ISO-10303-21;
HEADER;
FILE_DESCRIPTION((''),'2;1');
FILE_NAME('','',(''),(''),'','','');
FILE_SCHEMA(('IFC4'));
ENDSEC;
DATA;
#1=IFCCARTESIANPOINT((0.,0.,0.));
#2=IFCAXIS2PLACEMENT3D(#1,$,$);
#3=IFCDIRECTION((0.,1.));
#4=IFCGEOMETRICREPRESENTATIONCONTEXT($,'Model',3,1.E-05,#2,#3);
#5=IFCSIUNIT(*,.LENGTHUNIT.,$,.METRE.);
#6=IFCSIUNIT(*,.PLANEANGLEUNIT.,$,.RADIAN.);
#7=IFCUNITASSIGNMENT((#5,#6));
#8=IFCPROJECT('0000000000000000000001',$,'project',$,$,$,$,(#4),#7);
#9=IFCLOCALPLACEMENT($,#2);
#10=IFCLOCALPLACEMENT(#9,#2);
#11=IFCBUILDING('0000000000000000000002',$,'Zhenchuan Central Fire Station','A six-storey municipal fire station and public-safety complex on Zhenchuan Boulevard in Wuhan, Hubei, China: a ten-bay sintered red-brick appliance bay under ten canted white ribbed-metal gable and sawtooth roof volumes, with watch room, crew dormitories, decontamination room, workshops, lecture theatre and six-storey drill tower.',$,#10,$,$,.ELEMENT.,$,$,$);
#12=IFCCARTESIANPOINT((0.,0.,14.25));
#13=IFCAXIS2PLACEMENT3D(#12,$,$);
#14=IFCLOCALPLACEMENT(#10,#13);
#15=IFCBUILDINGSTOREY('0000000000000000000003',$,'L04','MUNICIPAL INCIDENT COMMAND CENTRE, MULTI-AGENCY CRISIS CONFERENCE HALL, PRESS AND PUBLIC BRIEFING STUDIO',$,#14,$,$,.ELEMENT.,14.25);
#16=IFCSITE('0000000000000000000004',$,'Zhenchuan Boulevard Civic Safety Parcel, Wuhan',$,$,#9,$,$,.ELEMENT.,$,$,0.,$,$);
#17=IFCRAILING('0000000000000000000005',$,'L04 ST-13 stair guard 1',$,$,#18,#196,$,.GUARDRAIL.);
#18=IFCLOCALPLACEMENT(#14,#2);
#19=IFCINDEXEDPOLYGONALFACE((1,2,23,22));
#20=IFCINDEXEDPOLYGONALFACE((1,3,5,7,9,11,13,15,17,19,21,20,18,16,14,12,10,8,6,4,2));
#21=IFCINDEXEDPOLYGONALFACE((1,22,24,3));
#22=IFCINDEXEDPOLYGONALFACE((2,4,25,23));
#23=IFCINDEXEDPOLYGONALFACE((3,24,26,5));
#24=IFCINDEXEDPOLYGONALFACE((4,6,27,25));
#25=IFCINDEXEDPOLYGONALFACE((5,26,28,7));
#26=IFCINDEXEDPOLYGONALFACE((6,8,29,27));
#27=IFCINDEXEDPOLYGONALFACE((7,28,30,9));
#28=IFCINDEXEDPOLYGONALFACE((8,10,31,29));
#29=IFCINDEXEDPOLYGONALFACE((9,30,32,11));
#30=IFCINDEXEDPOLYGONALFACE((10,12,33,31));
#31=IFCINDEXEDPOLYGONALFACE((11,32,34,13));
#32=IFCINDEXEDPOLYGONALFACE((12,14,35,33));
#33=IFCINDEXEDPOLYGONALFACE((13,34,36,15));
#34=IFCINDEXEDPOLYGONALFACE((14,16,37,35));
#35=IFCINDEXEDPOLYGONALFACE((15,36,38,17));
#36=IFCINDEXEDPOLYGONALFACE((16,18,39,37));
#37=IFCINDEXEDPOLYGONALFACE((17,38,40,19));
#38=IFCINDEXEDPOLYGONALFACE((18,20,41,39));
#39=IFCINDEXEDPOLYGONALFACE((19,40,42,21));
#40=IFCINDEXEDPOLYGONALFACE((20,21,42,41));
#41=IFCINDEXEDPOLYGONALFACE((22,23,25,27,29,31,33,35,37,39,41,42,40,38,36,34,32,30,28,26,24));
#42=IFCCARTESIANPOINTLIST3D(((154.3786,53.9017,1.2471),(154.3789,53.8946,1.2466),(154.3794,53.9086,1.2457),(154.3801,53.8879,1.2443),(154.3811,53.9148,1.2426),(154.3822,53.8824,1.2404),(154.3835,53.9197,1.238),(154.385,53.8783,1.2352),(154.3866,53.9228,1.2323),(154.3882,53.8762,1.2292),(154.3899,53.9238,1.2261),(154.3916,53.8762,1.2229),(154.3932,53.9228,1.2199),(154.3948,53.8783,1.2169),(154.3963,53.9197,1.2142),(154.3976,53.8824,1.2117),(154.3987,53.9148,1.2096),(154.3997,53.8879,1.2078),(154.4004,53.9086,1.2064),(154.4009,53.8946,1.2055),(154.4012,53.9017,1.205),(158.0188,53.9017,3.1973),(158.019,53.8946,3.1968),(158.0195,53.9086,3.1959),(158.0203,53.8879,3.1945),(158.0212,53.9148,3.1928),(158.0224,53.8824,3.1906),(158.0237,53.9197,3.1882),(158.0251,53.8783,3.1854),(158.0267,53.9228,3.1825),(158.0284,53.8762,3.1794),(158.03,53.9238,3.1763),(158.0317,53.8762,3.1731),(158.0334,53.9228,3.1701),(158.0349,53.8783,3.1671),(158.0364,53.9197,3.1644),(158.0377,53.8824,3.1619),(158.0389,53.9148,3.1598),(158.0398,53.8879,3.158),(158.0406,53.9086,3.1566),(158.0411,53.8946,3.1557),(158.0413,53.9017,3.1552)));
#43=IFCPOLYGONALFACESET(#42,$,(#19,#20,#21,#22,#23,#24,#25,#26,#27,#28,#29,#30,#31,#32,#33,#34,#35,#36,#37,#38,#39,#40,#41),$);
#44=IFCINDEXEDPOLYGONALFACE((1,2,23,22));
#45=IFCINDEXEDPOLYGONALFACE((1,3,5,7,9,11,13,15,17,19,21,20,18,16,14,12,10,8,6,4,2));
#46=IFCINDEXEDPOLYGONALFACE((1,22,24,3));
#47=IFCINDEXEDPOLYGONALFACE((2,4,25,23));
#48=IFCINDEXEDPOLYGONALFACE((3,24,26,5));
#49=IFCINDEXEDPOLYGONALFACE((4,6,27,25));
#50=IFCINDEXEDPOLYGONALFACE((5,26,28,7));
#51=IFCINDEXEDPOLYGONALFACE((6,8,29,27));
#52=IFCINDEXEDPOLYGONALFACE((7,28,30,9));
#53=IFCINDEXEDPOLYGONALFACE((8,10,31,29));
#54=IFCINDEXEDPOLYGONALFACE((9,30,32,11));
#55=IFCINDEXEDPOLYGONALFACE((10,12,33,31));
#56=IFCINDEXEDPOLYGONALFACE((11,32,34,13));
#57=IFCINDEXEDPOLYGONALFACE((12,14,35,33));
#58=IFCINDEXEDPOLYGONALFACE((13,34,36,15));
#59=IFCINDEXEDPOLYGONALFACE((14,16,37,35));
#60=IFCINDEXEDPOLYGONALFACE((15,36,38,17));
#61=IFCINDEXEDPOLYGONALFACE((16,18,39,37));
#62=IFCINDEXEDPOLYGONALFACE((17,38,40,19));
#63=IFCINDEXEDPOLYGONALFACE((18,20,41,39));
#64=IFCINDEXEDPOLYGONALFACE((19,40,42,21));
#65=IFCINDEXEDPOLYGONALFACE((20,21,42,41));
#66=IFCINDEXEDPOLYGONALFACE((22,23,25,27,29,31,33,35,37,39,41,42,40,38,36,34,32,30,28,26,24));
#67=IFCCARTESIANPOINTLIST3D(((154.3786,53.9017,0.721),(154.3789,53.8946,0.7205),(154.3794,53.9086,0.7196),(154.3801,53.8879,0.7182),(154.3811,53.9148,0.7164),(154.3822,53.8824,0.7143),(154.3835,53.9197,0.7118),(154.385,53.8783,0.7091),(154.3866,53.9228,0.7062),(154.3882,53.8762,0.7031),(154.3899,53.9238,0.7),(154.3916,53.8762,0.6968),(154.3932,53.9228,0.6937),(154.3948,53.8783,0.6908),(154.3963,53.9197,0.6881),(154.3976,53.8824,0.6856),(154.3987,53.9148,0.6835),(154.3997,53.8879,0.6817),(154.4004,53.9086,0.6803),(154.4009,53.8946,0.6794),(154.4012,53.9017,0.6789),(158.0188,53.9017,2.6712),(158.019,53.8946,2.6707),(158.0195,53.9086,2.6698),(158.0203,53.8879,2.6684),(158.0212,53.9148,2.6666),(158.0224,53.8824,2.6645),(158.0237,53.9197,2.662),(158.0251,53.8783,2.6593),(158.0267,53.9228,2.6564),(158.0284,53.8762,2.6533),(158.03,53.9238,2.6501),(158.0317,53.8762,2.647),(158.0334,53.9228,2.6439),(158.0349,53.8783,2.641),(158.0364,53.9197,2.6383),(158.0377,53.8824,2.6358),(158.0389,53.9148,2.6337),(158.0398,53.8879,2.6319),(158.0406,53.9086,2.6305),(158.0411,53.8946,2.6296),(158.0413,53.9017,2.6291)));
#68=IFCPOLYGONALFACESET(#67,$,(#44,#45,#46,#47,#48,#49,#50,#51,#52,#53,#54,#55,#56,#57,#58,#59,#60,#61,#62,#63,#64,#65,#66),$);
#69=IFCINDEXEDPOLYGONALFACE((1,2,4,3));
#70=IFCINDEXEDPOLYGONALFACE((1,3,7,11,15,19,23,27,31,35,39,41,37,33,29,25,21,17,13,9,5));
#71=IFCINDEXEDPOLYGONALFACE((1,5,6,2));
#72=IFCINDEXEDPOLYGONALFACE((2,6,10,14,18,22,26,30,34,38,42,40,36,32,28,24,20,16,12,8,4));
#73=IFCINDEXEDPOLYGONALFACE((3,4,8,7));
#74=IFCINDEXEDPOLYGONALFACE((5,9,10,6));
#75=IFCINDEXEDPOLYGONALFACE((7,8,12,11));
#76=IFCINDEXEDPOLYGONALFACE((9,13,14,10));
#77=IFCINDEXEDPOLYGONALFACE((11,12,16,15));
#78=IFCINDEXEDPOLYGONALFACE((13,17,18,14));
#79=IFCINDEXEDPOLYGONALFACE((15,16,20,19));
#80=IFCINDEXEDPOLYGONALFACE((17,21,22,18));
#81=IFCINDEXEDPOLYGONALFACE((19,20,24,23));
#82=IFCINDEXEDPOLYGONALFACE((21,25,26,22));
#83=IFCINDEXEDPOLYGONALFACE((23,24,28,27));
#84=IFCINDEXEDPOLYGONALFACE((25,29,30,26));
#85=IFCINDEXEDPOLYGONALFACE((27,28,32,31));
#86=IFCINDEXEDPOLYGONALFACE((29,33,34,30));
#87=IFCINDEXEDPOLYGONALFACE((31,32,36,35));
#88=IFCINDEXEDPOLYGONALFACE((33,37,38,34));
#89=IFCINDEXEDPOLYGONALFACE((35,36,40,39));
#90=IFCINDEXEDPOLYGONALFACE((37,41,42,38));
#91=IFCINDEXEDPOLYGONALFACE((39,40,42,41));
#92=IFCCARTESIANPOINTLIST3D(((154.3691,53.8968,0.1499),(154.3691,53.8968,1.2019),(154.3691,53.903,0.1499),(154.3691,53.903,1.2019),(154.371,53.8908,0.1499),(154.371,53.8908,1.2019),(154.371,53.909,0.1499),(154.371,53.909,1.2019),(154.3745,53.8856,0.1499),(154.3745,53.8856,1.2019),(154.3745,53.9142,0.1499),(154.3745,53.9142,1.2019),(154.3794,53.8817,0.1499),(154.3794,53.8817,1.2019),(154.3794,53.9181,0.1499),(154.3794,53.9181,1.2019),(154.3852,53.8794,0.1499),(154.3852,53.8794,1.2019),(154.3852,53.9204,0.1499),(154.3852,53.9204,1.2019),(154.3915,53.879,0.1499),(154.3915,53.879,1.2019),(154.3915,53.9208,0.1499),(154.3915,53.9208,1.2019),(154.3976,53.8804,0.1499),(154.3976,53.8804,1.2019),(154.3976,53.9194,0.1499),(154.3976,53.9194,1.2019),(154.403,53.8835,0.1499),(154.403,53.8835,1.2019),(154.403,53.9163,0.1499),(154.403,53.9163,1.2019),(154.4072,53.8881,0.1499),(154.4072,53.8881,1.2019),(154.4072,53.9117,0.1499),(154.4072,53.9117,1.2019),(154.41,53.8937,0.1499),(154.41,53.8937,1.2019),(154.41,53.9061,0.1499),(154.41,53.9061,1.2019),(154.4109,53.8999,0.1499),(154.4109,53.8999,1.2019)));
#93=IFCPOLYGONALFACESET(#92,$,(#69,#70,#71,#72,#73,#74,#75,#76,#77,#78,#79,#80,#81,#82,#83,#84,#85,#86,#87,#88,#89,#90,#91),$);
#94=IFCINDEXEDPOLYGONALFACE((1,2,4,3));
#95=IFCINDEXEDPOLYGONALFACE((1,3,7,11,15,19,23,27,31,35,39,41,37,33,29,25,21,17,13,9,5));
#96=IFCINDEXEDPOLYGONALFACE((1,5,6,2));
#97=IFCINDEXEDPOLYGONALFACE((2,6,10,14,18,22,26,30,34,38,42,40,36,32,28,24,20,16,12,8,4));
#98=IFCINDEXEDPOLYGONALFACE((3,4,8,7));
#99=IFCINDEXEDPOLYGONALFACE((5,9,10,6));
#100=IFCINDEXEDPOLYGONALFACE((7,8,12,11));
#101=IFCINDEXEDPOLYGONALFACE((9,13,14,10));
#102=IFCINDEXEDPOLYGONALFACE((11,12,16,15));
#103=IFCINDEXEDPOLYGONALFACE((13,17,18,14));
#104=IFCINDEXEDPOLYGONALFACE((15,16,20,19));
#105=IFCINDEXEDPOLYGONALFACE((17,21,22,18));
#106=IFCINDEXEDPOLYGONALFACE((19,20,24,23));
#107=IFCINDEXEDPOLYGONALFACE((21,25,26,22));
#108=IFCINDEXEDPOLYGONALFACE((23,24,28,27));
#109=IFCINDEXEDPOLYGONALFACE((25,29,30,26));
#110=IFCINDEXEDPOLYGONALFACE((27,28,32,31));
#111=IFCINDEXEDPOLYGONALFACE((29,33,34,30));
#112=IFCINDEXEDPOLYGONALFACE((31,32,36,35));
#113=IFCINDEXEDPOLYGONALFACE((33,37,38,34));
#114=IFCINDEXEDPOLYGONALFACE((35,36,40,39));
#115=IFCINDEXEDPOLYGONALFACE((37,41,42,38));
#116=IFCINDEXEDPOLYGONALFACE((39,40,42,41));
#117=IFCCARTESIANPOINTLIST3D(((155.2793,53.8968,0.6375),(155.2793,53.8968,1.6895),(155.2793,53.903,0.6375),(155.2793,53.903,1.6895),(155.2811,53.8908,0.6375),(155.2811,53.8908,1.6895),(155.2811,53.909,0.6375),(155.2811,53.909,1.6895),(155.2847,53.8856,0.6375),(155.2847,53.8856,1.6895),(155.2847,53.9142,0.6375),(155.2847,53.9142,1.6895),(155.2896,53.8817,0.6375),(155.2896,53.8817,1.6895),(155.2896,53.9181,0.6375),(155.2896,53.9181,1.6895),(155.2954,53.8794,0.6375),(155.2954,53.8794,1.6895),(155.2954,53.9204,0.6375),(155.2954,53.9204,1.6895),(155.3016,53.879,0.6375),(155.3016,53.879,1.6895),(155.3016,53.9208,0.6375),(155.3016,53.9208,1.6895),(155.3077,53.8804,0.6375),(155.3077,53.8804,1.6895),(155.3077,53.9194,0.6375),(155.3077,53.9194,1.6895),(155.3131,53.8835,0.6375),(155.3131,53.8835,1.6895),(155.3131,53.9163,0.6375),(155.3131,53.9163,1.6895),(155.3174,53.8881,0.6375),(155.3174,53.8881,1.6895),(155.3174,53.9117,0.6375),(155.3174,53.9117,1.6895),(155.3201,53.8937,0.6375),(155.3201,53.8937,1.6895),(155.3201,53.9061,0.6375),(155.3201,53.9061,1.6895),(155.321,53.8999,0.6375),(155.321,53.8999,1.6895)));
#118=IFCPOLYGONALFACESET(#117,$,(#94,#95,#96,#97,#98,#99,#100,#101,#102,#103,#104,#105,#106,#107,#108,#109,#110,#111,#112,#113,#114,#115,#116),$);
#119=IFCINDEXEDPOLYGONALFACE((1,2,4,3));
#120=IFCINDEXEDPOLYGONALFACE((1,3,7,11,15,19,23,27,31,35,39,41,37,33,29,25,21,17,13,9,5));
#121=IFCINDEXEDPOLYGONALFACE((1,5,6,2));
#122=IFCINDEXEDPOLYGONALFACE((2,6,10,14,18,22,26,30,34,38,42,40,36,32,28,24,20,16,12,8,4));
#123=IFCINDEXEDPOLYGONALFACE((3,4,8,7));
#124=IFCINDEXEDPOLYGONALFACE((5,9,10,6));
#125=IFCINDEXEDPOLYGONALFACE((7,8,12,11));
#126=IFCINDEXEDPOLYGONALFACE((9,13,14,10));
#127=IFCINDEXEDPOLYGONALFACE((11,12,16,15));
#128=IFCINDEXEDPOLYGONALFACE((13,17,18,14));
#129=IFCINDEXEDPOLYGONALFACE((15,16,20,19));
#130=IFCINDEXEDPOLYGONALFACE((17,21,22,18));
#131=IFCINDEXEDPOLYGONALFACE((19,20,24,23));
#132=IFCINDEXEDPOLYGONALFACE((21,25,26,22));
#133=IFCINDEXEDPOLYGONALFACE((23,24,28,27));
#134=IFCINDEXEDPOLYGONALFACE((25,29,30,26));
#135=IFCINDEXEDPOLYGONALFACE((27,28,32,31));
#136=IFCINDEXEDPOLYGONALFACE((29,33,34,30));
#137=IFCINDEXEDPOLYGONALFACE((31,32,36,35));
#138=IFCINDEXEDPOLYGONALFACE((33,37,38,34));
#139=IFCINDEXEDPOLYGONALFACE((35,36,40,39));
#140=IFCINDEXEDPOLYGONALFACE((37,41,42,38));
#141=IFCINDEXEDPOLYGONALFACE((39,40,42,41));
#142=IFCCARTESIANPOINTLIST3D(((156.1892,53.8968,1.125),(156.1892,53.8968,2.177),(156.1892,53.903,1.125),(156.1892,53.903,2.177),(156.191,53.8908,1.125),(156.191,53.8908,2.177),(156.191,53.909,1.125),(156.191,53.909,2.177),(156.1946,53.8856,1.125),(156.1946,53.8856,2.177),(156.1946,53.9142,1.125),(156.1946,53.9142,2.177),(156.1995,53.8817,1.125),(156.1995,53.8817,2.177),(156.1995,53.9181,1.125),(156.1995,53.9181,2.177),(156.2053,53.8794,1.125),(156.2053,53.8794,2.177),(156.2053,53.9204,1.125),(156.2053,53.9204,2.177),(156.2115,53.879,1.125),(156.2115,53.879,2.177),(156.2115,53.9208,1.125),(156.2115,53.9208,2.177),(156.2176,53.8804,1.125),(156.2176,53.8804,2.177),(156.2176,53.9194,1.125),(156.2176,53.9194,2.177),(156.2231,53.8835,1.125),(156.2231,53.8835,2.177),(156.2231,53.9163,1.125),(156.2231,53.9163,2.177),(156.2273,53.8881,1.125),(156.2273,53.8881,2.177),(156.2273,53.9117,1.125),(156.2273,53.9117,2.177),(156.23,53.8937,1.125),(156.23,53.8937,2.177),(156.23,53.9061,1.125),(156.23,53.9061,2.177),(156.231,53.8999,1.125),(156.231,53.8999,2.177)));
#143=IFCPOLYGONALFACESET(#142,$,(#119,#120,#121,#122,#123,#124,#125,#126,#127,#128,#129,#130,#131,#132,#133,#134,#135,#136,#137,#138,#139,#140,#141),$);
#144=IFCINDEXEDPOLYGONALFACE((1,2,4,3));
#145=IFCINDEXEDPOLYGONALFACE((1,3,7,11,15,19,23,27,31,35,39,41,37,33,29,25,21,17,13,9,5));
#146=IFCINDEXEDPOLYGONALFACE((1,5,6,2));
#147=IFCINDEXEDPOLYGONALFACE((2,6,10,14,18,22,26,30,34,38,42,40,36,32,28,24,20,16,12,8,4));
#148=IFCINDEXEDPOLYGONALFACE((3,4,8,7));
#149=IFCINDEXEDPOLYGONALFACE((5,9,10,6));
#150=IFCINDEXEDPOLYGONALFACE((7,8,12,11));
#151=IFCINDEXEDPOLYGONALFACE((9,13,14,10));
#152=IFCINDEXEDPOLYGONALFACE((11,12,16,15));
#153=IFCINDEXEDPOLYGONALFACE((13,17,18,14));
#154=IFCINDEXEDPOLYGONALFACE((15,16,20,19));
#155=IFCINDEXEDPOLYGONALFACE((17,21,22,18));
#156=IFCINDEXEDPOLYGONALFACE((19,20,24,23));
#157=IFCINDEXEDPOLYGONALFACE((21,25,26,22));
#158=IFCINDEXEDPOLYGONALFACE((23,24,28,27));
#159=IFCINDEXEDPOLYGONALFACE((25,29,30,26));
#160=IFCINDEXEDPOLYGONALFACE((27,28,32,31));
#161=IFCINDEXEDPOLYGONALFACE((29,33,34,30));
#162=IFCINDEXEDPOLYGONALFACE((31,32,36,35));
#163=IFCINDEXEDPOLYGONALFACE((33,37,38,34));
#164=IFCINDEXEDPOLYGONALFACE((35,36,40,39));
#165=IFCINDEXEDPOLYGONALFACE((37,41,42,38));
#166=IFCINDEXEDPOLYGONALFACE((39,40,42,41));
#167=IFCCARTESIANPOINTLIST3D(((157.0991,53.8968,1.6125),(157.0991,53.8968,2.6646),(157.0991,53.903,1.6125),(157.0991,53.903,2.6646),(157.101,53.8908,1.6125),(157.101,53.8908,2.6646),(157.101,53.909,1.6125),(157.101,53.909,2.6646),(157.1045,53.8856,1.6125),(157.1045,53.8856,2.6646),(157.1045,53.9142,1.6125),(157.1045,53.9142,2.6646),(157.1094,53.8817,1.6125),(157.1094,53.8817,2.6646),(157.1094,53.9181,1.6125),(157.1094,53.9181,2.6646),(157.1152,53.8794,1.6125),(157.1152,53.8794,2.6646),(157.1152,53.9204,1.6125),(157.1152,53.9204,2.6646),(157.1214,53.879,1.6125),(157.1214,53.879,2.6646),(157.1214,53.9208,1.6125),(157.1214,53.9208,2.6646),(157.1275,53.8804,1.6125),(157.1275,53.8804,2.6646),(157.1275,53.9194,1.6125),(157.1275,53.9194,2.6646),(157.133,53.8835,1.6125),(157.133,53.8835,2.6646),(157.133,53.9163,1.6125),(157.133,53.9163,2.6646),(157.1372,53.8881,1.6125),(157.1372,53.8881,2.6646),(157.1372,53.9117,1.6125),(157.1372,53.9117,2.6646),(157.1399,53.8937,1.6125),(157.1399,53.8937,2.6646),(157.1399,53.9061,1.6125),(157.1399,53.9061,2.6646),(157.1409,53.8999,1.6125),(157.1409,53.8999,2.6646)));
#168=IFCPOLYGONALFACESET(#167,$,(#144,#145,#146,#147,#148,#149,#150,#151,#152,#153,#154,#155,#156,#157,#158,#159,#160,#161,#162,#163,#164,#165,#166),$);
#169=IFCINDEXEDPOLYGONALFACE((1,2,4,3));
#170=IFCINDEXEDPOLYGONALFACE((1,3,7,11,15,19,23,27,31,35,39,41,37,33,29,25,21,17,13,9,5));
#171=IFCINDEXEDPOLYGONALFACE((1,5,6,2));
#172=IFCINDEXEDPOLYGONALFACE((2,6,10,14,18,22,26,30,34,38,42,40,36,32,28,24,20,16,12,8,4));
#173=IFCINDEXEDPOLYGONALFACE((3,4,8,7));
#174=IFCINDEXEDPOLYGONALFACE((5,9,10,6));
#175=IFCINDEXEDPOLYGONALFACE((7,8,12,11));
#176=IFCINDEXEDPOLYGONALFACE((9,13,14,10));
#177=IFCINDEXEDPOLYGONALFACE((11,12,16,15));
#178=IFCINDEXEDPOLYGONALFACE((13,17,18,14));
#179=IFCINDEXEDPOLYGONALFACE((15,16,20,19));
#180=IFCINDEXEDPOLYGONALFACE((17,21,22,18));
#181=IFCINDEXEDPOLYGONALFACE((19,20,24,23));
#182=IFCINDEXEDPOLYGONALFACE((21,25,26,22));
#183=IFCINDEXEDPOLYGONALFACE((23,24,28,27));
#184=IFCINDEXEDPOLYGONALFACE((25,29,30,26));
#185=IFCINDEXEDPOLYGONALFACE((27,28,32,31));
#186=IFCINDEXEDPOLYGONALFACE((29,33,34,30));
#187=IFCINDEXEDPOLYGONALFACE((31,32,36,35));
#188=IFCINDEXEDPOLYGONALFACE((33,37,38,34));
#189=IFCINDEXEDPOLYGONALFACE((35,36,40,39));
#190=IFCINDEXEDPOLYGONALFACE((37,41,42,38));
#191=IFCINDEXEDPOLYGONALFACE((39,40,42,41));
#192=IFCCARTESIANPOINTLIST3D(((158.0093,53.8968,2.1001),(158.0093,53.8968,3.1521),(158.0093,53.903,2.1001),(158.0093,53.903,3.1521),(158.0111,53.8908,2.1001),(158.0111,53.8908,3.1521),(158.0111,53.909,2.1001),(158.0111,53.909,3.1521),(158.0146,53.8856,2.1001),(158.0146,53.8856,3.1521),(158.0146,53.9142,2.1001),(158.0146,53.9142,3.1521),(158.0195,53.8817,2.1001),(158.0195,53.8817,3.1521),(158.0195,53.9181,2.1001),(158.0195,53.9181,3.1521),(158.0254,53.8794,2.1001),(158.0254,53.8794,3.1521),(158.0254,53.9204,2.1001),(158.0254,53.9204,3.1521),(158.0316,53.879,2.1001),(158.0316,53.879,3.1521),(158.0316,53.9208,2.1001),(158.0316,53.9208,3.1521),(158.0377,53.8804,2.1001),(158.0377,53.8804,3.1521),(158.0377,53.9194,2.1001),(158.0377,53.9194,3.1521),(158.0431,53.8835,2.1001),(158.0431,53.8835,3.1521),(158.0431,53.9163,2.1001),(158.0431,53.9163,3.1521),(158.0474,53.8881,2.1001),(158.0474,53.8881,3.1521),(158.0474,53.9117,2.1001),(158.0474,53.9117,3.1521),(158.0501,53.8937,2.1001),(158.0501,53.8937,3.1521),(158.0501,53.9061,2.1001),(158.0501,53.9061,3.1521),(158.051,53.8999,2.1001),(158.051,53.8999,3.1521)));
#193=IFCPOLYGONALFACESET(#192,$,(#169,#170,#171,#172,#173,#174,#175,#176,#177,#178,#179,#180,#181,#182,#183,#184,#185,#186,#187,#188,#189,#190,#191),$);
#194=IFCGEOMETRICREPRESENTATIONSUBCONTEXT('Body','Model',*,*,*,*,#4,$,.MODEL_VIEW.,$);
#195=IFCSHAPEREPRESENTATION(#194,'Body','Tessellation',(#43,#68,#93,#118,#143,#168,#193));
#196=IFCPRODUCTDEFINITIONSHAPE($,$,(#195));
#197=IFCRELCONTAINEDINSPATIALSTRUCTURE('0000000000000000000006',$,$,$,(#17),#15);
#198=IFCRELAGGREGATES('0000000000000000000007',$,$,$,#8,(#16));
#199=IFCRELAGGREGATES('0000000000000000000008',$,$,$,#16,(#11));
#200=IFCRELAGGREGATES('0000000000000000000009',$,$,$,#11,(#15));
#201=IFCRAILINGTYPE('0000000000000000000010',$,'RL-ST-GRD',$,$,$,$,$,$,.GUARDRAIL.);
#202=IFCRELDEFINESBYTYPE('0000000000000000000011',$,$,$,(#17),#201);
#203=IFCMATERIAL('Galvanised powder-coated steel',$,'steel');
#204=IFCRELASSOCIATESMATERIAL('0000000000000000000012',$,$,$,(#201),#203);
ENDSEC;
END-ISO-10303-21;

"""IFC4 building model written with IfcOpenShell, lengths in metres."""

from ifc_helpers import new_model, si_unit, direction, frame, origin, origin_2d, place, context, subcontext, project, spatial, circle, extrude, material, type_object, element, save


model = new_model("IFC4")

# Units and contexts
model_context = context("Model", 3, precision=1e-05, world=origin(), true_north=direction((0.0, 1.0)))
body_context = subcontext(model_context, "Body", "Model", "MODEL_VIEW")
ifc_project = project(units=[si_unit("LENGTHUNIT", "METRE"), si_unit("PLANEANGLEUNIT", "RADIAN")], contexts=[model_context])

# Site, building, storey
site_placement = place(None, origin())
site = spatial("IfcSite", under=ifc_project, at=site_placement, Name="Zhenchuan Boulevard Civic Safety Parcel, Wuhan", CompositionType="ELEMENT", RefElevation=0.0)
building_placement = place(site_placement, origin())
building = spatial("IfcBuilding", under=site, at=building_placement, Name="Zhenchuan Central Fire Station", Description="A six-storey municipal fire station and public-safety complex on Zhenchuan Boulevard in Wuhan, Hubei, China: a ten-bay sintered red-brick appliance bay under ten canted white ribbed-metal gable and sawtooth roof volumes, with watch room, crew dormitories, decontamination room, workshops, lecture theatre and six-storey drill tower.", CompositionType="ELEMENT")
storey_placement = place(building_placement, frame((0.0, 0.0, 14.25)))
storey = spatial("IfcBuildingStorey", under=building, at=storey_placement, Name="L04", Description="MUNICIPAL INCIDENT COMMAND CENTRE, MULTI-AGENCY CRISIS CONFERENCE HALL, PRESS AND PUBLIC BRIEFING STUDIO", CompositionType="ELEMENT", Elevation=14.25)

# Railing
ifc_material_1 = material(Name="Galvanised powder-coated steel", Category="steel")
railing_type_1 = type_object("IfcRailingType", Name="RL-ST-GRD", PredefinedType="GUARDRAIL", material=ifc_material_1)
railing_1_placement = place(storey_placement, frame((154.3899, 53.8999, 0.1499)))
element("IfcRailing", 1, at=railing_1_placement, inside=storey, type_object=railing_type_1, Name="L04 ST-13 stair guard 1", PredefinedType="GUARDRAIL", context=body_context, shape_type="SweptSolid", body=[
    extrude(circle(Radius=0.0239, at=origin_2d()), frame((0.0, 0.0, 1.0762), z_axis=(0.881468, 0.0, 0.472244), x_axis=(0.0, 1.0, 0.0)), (0.0, 0.0, 1.0), 4.1296),
    extrude(circle(Radius=0.0239, at=origin_2d()), frame((0.0, 0.0, 0.55), z_axis=(0.881468, 0.0, 0.472244), x_axis=(0.0, 1.0, 0.0)), (0.0, 0.0, 1.0), 4.1296),
    extrude(circle(Radius=0.021, at=origin_2d()), origin(), (0.0, 0.0, 1.0), 1.052),
    extrude(circle(Radius=0.021, at=origin_2d()), frame((0.9102, 0.0, 0.4875)), (0.0, 0.0, 1.0), 1.052),
    extrude(circle(Radius=0.021, at=origin_2d()), frame((1.8201, 0.0, 0.9751)), (0.0, 0.0, 1.0), 1.052),
    extrude(circle(Radius=0.021, at=origin_2d()), frame((2.73, 0.0, 1.4626)), (0.0, 0.0, 1.0), 1.052),
    extrude(circle(Radius=0.021, at=origin_2d()), frame((3.6401, 0.0, 1.9502)), (0.0, 0.0, 1.0), 1.052),
])

save(model, "model.ifc")
